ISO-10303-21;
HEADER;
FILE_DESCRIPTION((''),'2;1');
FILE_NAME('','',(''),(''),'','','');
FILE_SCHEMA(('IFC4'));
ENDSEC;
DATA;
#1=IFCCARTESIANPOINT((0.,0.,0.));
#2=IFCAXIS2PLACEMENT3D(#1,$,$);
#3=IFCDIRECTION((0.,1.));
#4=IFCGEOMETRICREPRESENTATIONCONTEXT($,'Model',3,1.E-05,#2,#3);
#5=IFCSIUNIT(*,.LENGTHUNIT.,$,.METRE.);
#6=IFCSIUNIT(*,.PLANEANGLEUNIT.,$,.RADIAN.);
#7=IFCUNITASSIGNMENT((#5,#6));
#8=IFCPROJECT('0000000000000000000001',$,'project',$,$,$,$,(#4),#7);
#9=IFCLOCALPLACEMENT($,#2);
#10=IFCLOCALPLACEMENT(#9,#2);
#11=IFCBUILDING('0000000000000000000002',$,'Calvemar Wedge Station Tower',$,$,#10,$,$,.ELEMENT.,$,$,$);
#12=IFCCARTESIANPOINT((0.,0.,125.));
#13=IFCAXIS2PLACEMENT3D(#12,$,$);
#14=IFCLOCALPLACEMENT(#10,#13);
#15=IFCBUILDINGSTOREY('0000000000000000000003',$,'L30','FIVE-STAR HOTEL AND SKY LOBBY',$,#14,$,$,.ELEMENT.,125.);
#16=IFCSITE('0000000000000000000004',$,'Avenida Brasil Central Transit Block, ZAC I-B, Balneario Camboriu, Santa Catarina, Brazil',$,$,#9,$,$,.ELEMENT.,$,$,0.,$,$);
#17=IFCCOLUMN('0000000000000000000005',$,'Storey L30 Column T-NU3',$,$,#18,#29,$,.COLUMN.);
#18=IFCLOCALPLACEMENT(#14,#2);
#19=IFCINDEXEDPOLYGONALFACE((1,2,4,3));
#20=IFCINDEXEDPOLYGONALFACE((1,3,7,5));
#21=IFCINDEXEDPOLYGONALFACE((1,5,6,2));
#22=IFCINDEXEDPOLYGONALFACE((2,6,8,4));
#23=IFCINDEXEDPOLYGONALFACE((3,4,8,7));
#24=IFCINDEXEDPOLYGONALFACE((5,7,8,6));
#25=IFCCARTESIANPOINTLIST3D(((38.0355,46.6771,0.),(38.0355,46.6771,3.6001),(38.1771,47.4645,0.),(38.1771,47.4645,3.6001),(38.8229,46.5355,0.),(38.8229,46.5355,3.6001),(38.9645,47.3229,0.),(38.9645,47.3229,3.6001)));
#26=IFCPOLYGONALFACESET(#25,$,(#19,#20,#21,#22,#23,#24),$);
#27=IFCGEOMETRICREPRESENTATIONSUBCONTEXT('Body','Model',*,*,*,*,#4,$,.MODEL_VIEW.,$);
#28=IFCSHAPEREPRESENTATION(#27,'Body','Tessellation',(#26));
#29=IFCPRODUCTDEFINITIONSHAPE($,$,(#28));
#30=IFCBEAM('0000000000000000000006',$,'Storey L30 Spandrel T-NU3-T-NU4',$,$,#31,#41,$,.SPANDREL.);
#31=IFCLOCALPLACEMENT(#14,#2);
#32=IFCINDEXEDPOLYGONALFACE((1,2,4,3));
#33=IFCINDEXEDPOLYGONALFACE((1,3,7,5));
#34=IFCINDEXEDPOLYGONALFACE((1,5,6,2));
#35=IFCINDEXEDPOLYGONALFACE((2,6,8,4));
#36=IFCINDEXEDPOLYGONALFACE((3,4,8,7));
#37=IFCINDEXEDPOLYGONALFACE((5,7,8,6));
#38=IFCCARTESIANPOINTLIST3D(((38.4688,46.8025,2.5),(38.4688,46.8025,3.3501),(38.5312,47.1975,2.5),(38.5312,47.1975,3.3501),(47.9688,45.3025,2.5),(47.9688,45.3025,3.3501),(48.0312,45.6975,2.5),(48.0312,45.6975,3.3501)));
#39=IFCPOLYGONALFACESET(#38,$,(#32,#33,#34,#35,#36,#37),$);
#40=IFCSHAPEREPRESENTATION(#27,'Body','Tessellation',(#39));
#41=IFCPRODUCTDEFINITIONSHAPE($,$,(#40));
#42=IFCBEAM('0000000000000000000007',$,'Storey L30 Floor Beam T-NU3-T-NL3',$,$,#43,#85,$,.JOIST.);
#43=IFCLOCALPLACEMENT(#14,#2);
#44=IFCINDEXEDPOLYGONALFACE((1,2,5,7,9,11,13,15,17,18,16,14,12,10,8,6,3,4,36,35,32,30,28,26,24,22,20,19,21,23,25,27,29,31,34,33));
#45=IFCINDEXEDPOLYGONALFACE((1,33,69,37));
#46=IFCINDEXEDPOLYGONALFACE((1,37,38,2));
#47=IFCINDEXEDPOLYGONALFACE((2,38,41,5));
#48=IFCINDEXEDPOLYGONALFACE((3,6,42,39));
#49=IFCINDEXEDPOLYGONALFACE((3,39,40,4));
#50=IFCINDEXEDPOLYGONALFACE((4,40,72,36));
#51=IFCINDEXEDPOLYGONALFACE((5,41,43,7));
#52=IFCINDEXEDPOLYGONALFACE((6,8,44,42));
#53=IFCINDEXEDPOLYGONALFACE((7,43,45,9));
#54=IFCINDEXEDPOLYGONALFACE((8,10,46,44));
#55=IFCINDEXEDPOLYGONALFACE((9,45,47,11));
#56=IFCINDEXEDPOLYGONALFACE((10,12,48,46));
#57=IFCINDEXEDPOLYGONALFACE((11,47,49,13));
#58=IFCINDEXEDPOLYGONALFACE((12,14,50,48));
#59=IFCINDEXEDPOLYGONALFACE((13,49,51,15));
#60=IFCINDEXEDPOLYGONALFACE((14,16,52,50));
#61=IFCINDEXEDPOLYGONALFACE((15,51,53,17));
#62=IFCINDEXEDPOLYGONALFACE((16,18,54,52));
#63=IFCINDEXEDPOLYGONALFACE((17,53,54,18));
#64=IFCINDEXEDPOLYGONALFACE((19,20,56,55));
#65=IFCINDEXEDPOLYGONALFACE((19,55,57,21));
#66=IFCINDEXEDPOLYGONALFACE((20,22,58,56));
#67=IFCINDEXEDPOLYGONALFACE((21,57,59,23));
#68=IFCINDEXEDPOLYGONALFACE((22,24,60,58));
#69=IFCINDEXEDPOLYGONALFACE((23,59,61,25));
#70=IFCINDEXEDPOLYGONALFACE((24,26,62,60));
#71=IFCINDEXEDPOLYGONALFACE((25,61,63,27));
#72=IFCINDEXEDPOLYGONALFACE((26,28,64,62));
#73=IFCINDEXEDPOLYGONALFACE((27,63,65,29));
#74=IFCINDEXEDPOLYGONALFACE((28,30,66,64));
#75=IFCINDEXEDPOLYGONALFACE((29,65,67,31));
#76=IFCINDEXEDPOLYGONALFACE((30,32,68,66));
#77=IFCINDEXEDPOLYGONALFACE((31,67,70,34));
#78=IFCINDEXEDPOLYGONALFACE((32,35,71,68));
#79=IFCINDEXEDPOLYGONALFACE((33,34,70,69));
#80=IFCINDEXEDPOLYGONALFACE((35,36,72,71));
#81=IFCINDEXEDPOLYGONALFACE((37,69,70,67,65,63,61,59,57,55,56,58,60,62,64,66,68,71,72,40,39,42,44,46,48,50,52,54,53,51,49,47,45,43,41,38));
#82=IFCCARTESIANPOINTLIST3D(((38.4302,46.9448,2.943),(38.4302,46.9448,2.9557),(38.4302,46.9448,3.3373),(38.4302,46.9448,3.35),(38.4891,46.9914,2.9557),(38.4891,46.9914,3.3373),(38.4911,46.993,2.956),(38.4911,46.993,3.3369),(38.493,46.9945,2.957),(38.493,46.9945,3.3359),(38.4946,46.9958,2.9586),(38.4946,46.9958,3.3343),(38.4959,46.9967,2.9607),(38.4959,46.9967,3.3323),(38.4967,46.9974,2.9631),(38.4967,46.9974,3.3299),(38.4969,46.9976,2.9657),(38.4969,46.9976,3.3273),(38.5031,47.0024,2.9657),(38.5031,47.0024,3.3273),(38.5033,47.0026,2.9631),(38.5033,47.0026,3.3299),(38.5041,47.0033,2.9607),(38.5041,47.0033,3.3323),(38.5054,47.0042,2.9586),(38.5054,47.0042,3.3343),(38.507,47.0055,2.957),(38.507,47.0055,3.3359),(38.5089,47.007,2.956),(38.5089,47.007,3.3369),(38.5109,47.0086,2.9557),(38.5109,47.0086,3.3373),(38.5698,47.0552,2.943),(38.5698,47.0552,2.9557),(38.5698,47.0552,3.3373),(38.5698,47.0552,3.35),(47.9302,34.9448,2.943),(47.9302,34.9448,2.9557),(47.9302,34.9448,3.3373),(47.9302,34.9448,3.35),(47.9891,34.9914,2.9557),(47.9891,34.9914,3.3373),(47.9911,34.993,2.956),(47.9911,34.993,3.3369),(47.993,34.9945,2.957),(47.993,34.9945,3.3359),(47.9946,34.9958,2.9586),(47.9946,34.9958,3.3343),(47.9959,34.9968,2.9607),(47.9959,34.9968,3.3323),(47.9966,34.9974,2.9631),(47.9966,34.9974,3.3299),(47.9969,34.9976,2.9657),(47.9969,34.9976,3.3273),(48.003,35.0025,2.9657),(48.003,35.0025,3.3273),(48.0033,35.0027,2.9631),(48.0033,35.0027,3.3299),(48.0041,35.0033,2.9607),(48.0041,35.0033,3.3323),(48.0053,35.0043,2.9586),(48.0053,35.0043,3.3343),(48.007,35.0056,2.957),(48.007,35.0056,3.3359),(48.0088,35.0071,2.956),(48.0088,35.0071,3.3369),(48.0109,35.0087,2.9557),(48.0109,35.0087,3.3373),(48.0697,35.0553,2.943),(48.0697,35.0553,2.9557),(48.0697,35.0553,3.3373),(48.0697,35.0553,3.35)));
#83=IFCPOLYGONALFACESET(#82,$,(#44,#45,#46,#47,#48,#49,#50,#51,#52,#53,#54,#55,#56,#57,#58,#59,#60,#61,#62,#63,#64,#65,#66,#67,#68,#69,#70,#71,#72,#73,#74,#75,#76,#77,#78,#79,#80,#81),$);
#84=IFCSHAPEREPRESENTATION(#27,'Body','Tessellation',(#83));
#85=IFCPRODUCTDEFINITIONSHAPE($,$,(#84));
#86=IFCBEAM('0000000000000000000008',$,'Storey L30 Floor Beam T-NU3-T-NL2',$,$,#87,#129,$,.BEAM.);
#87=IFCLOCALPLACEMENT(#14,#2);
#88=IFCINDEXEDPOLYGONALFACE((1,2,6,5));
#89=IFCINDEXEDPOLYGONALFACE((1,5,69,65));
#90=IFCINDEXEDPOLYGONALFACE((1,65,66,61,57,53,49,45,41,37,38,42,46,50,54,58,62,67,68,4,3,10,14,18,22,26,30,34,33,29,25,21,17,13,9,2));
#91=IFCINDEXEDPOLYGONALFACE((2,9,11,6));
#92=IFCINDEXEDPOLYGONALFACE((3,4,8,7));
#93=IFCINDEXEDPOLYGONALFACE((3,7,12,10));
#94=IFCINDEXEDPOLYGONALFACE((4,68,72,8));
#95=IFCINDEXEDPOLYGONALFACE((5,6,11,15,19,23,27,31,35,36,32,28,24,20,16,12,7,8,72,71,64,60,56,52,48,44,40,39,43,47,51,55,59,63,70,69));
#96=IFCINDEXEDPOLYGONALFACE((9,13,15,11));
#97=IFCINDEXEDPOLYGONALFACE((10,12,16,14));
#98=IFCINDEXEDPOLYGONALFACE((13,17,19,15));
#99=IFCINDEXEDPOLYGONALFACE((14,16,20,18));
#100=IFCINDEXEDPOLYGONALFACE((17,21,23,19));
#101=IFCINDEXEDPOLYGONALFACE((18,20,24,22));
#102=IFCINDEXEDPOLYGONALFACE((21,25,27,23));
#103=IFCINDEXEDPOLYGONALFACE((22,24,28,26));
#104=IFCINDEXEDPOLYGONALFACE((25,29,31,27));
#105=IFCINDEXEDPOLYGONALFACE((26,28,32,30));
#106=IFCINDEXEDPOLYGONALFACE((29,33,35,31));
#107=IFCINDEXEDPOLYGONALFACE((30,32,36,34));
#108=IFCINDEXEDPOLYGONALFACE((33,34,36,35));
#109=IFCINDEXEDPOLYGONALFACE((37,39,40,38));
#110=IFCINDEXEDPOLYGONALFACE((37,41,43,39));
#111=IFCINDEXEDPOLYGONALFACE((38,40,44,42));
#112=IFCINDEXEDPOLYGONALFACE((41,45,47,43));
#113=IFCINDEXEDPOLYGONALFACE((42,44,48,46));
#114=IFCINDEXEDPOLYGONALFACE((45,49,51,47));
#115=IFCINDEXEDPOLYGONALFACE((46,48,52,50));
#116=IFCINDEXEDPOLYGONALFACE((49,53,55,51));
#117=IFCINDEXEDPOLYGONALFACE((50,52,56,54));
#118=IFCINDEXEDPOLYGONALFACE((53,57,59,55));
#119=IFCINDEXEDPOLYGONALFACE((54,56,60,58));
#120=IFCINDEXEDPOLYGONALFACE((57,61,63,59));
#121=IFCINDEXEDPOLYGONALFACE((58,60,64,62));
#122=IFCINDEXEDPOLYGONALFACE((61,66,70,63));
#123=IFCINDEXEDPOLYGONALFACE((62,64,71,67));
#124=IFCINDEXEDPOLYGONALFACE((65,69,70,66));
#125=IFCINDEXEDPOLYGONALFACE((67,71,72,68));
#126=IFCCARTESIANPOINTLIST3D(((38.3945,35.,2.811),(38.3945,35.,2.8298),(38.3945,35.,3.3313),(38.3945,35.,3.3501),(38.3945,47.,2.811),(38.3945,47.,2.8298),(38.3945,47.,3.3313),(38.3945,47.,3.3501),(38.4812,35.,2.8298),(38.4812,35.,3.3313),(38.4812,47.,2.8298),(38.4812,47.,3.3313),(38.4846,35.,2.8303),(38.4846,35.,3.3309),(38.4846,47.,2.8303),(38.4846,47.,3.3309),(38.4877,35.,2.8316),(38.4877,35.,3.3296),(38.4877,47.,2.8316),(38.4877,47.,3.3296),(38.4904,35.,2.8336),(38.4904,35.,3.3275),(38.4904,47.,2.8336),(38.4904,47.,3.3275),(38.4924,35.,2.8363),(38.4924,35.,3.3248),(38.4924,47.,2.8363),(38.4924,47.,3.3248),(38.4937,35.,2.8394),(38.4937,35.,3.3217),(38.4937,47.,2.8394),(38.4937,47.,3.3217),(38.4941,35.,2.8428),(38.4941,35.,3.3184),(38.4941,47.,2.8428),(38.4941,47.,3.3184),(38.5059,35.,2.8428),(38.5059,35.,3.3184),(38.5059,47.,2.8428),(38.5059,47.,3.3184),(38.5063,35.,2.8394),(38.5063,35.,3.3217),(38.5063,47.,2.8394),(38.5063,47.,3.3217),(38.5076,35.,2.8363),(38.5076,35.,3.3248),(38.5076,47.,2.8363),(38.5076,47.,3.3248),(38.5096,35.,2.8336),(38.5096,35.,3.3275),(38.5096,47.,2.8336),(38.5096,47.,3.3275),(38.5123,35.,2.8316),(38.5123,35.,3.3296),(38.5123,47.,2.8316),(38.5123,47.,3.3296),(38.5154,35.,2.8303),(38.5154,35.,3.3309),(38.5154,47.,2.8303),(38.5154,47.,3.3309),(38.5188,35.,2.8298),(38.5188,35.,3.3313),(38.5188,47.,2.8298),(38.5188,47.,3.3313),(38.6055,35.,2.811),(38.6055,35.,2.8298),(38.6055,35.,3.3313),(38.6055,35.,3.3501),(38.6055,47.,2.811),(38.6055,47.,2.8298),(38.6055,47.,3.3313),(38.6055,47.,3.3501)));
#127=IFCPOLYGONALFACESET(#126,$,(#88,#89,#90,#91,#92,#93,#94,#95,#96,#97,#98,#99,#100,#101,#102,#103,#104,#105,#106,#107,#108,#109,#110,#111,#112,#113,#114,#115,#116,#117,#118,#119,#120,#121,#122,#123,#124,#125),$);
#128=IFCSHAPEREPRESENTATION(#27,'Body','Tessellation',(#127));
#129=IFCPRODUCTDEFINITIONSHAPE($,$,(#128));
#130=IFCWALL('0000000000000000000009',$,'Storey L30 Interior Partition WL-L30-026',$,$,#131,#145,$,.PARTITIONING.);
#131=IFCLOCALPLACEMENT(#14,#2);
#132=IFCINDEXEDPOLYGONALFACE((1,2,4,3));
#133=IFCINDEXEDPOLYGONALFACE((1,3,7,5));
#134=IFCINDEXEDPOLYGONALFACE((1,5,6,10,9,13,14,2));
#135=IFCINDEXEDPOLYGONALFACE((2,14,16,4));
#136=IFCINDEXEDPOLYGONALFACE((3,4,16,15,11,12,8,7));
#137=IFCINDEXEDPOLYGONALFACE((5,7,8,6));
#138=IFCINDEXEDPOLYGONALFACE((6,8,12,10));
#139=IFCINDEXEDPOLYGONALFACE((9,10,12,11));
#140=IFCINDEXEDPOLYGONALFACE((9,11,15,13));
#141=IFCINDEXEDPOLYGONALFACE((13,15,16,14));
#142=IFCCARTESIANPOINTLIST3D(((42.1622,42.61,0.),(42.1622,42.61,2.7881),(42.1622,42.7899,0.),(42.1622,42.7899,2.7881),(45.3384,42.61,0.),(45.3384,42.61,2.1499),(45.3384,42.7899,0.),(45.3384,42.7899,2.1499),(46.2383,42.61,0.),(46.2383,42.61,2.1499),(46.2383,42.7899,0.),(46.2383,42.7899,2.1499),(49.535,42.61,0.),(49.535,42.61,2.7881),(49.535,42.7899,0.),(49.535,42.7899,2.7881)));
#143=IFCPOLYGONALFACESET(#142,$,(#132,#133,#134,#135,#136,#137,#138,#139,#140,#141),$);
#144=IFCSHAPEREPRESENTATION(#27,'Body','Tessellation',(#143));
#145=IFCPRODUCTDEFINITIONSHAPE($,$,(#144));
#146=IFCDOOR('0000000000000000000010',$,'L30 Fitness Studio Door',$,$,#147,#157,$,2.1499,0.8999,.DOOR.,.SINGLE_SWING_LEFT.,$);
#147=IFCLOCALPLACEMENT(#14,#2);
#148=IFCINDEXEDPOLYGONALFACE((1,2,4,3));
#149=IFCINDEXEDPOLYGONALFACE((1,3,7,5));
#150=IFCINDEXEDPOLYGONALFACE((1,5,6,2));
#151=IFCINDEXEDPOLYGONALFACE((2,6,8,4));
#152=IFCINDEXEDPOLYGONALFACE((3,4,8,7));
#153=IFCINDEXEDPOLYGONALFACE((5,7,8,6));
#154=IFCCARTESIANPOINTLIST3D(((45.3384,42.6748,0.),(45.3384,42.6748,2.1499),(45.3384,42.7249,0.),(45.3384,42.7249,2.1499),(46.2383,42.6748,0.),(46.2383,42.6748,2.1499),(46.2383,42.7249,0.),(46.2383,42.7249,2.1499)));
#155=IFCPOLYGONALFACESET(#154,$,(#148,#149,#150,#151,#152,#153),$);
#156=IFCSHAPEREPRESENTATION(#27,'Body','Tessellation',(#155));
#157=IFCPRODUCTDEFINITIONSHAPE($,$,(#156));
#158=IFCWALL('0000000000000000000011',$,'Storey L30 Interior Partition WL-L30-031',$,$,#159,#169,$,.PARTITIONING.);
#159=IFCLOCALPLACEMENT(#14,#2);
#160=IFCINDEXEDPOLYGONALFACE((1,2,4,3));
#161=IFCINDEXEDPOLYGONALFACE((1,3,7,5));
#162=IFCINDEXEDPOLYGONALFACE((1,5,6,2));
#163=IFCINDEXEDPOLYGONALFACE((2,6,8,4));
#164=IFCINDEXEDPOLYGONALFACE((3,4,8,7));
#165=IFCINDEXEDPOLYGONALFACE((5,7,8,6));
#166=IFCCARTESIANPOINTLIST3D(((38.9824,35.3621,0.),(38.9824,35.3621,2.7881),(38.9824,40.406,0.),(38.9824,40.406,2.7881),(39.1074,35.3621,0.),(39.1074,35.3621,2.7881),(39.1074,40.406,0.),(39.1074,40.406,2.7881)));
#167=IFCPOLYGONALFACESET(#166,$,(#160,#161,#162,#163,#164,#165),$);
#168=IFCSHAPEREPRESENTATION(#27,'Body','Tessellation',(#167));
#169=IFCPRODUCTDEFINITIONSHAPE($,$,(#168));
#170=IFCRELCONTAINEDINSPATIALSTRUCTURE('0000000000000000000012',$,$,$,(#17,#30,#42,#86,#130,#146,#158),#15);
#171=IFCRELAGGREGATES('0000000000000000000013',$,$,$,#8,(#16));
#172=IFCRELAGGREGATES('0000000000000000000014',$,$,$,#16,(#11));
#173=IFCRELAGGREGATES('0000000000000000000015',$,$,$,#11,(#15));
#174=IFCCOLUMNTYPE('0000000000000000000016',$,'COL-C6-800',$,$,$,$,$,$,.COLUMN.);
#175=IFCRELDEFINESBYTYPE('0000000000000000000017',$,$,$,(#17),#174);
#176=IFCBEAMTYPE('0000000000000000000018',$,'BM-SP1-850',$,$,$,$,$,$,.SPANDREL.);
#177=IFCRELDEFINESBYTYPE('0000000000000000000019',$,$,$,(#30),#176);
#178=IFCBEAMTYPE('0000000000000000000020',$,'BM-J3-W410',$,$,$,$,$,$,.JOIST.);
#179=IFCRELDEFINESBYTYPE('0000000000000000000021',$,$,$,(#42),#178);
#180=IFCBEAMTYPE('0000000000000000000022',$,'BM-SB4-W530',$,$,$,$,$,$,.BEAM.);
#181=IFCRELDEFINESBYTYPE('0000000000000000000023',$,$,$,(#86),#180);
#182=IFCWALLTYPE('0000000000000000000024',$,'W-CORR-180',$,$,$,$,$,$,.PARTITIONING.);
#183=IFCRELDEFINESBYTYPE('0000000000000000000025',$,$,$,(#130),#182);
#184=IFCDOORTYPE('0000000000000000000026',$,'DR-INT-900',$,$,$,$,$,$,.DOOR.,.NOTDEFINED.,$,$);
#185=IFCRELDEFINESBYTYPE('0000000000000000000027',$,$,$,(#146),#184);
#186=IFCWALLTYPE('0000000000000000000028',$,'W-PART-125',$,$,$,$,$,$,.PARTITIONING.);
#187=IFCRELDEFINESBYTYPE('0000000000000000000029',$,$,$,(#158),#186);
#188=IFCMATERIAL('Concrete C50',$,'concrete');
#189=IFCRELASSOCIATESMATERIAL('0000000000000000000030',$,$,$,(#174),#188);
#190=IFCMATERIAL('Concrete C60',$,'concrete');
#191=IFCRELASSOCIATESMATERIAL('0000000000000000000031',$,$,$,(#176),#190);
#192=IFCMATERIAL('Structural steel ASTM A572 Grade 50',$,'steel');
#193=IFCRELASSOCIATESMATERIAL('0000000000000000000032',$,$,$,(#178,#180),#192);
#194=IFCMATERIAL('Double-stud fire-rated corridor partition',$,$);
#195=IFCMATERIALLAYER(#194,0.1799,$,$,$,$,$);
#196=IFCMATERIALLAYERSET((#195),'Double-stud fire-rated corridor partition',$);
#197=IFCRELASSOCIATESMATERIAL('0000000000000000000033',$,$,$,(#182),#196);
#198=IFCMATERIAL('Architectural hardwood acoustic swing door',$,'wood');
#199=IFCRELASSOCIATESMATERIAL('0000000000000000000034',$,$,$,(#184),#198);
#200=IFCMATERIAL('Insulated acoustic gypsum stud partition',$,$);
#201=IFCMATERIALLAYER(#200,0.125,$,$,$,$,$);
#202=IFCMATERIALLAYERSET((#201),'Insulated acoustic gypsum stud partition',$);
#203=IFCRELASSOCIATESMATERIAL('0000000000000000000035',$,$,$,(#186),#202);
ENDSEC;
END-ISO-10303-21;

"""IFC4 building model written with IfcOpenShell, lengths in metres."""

from ifc_helpers import new_model, si_unit, direction, frame, frame_2d, origin, origin_2d, place, context, subcontext, project, spatial, rectangle, i_section, extrude, source, transform, mapped, material, layer, layer_set, material_profile, profile_set, type_object, element, fill, save


model = new_model("IFC4")

# Units and contexts
model_context = context("Model", 3, precision=1e-05, world=origin(), true_north=direction((0.0, 1.0)))
body_context = subcontext(model_context, "Body", "Model", "MODEL_VIEW")
ifc_project = project(units=[si_unit("LENGTHUNIT", "METRE"), si_unit("PLANEANGLEUNIT", "RADIAN")], contexts=[model_context])

# Site, building, storey
site_placement = place(None, origin())
site = spatial("IfcSite", under=ifc_project, at=site_placement, Name="Avenida Brasil Central Transit Block, ZAC I-B, Balneario Camboriu, Santa Catarina, Brazil", CompositionType="ELEMENT", RefElevation=0.0)
building_placement = place(site_placement, origin())
building = spatial("IfcBuilding", under=site, at=building_placement, Name="Calvemar Wedge Station Tower", CompositionType="ELEMENT")
storey_placement = place(building_placement, frame((0.0, 0.0, 125.0)))
storey = spatial("IfcBuildingStorey", under=building, at=storey_placement, Name="L30", Description="FIVE-STAR HOTEL AND SKY LOBBY", CompositionType="ELEMENT", Elevation=125.0)

# Column
ifc_material_1 = material(Name="Concrete C50", Category="concrete")
ifc_material_profile_1 = material_profile(ifc_material_1, rectangle(XDim=0.8, YDim=0.8, at=origin_2d()), Name="RC800x800")
ifc_profile_set_1 = profile_set([ifc_material_profile_1], Name="Concrete C50")
column_type = type_object("IfcColumnType", Name="COL-C6-800", PredefinedType="COLUMN", material=ifc_profile_set_1)
shared_shape_1 = source(origin(), body_context, "Body", "SweptSolid", [
    extrude(rectangle(XDim=0.8, YDim=0.8, at=origin_2d()), origin(), (0.0, 0.0, 1.0), 3.6001),
])
column_placement = place(storey_placement, frame((38.5, 47.0, 0.0), z_axis=(0.0, 0.0, 1.0), x_axis=(0.984196, -0.177085, 0.0)))
element("IfcColumn", 1, at=column_placement, inside=storey, type_object=column_type, Name="Storey L30 Column T-NU3", PredefinedType="COLUMN", context=body_context, shape_type="MappedRepresentation", body=[
    mapped(shared_shape_1, transform((0.0, 0.0, 0.0), scale=1.0)),
])

# Beams
ifc_material_2 = material(Name="Concrete C60", Category="concrete")
ifc_material_profile_2 = material_profile(ifc_material_2, rectangle(XDim=0.3999, YDim=0.8501, at=origin_2d()), Name="RC400x850")
ifc_profile_set_2 = profile_set([ifc_material_profile_2], Name="Concrete C60")
beam_type_1 = type_object("IfcBeamType", Name="BM-SP1-850", PredefinedType="SPANDREL", material=ifc_profile_set_2)
shared_shape_2 = source(origin(), body_context, "Body", "SweptSolid", [
    extrude(rectangle(XDim=0.3999, YDim=0.8501, at=origin_2d()), origin(), (0.0, 0.0, 1.0), 9.6177),
])
beam_1_placement = place(storey_placement, frame((38.5, 47.0, 2.925), z_axis=(0.987763, -0.155963, 0.0), x_axis=(0.155963, 0.987763, 0.0)))
element("IfcBeam", 2, at=beam_1_placement, inside=storey, type_object=beam_type_1, Name="Storey L30 Spandrel T-NU3-T-NU4", PredefinedType="SPANDREL", context=body_context, shape_type="MappedRepresentation", body=[
    mapped(shared_shape_2, transform((0.0, 0.0, 0.0), scale=1.0)),
])
ifc_material_3 = material(Name="Structural steel ASTM A572 Grade 50", Category="steel")
ifc_material_profile_3 = material_profile(ifc_material_3, i_section(OverallWidth=0.178, OverallDepth=0.407, WebThickness=0.0078, FlangeThickness=0.0127, FilletRadius=0.01, at=origin_2d()), Name="W410x60")
ifc_profile_set_3 = profile_set([ifc_material_profile_3], Name="Structural steel ASTM A572 Grade 50")
beam_type_2 = type_object("IfcBeamType", Name="BM-J3-W410", PredefinedType="JOIST", material=ifc_profile_set_3)
shared_shape_3 = source(origin(), body_context, "Body", "SweptSolid", [
    extrude(i_section(OverallWidth=0.178, OverallDepth=0.407, WebThickness=0.0078, FlangeThickness=0.0127, FilletRadius=0.01, at=origin_2d()), origin(), (0.0, 0.0, 1.0), 15.3052),
])
beam_2_placement = place(storey_placement, frame((38.5, 47.0, 3.1465), z_axis=(0.620703, -0.784046, 0.0), x_axis=(0.784046, 0.620703, 0.0)))
element("IfcBeam", 3, at=beam_2_placement, inside=storey, type_object=beam_type_2, Name="Storey L30 Floor Beam T-NU3-T-NL3", PredefinedType="JOIST", context=body_context, shape_type="MappedRepresentation", body=[
    mapped(shared_shape_3, transform((0.0, 0.0, 0.0), scale=1.0)),
])
ifc_material_profile_4 = material_profile(ifc_material_3, i_section(OverallWidth=0.2109, OverallDepth=0.5391, WebThickness=0.0117, FlangeThickness=0.0188, FilletRadius=0.0129, at=origin_2d()), Name="W530x109")
ifc_profile_set_4 = profile_set([ifc_material_profile_4], Name="Structural steel ASTM A572 Grade 50")
beam_type_3 = type_object("IfcBeamType", Name="BM-SB4-W530", PredefinedType="BEAM", material=ifc_profile_set_4)
shared_shape_4 = source(origin(), body_context, "Body", "SweptSolid", [
    extrude(i_section(OverallWidth=0.2109, OverallDepth=0.5391, WebThickness=0.0117, FlangeThickness=0.0188, FilletRadius=0.0129, at=origin_2d()), origin(), (0.0, 0.0, 1.0), 12.0),
])
beam_3_placement = place(storey_placement, frame((38.5, 47.0, 3.0806), z_axis=(0.0, -1.0, 0.0), x_axis=(1.0, 0.0, 0.0)))
element("IfcBeam", 4, at=beam_3_placement, inside=storey, type_object=beam_type_3, Name="Storey L30 Floor Beam T-NU3-T-NL2", PredefinedType="BEAM", context=body_context, shape_type="MappedRepresentation", body=[
    mapped(shared_shape_4, transform((0.0, 0.0, 0.0), scale=1.0)),
])

# Wall, opening, door
ifc_material_4 = material(Name="Double-stud fire-rated corridor partition")
ifc_layer_1 = layer(ifc_material_4, 0.1799)
ifc_layer_set_1 = layer_set([ifc_layer_1], Name="Double-stud fire-rated corridor partition")
wall_type_1 = type_object("IfcWallType", Name="W-CORR-180", PredefinedType="PARTITIONING", material=ifc_layer_set_1)
shared_shape_5 = source(origin(), body_context, "Body", "SweptSolid", [
    extrude(rectangle(XDim=0.8999, YDim=2.1499, at=frame_2d((0.45, 1.075))), frame((0.0, 0.1001, 0.0), z_axis=(0.0, -1.0, 0.0), x_axis=(1.0, 0.0, 0.0)), (0.0, 0.0, 1.0), 0.2),
])
wall_1_placement = place(storey_placement, frame((42.1621, 42.7, 0.0), z_axis=(0.0, 0.0, 1.0), x_axis=(1.0, 0.0, 0.0)))
wall_1 = element("IfcWall", 5, at=wall_1_placement, inside=storey, type_object=wall_type_1, Name="Storey L30 Interior Partition WL-L30-026", PredefinedType="PARTITIONING", context=body_context, shape_type="SweptSolid", body=[
    extrude(rectangle(XDim=7.3728, YDim=0.1799, at=frame_2d((3.6865, 0.0))), origin(), (0.0, 0.0, 1.0), 2.7881),
])
opening_1_placement = place(wall_1_placement, frame((3.1763, 0.0, 0.0)))
opening_1 = element("IfcOpeningElement", 6, at=opening_1_placement, cuts=wall_1, PredefinedType="OPENING", context=body_context, shape_type="MappedRepresentation", body=[
    mapped(shared_shape_5, transform((0.0, 0.0, 0.0), scale=1.0)),
])
ifc_material_5 = material(Name="Architectural hardwood acoustic swing door", Category="wood")
door_type_1 = type_object("IfcDoorType", Name="DR-INT-900", OperationType="NOTDEFINED", PredefinedType="DOOR", material=ifc_material_5)
shared_shape_6 = source(origin(), body_context, "Body", "SweptSolid", [
    extrude(rectangle(XDim=0.8999, YDim=2.1499, at=frame_2d((0.45, 1.075))), frame((0.0, 0.0249, 0.0), z_axis=(0.0, -1.0, 0.0), x_axis=(1.0, 0.0, 0.0)), (0.0, 0.0, 1.0), 0.05),
])
door_1_placement = place(opening_1_placement, origin())
door_1 = element("IfcDoor", 7, at=door_1_placement, inside=storey, type_object=door_type_1, Name="L30 Fitness Studio Door", OperationType="SINGLE_SWING_LEFT", OverallHeight=2.1499, OverallWidth=0.8999, PredefinedType="DOOR", context=body_context, shape_type="MappedRepresentation", body=[
    mapped(shared_shape_6, transform((0.0, 0.0, 0.0), scale=1.0)),
])
fill(opening_1, door_1)

# Wall
ifc_material_6 = material(Name="Insulated acoustic gypsum stud partition")
ifc_layer_2 = layer(ifc_material_6, 0.125)
ifc_layer_set_2 = layer_set([ifc_layer_2], Name="Insulated acoustic gypsum stud partition")
wall_type_2 = type_object("IfcWallType", Name="W-PART-125", PredefinedType="PARTITIONING", material=ifc_layer_set_2)
for number, where, z_axis, x_axis, name in (
    (8, (39.0449, 40.406, 0.0), (0.0, 0.0, 1.0), (0.0, -1.0, 0.0), "Storey L30 Interior Partition WL-L30-031"),
):
    element("IfcWall", number, at=place(storey_placement, frame(where, z_axis=z_axis, x_axis=x_axis)), inside=storey, type_object=wall_type_2, Name=name, PredefinedType="PARTITIONING", context=body_context, shape_type="SweptSolid", body=[
        extrude(rectangle(XDim=5.0439, YDim=0.125, at=frame_2d((2.522, 0.0))), origin(), (0.0, 0.0, 1.0), 2.7881),
    ])

save(model, "model.ifc")
